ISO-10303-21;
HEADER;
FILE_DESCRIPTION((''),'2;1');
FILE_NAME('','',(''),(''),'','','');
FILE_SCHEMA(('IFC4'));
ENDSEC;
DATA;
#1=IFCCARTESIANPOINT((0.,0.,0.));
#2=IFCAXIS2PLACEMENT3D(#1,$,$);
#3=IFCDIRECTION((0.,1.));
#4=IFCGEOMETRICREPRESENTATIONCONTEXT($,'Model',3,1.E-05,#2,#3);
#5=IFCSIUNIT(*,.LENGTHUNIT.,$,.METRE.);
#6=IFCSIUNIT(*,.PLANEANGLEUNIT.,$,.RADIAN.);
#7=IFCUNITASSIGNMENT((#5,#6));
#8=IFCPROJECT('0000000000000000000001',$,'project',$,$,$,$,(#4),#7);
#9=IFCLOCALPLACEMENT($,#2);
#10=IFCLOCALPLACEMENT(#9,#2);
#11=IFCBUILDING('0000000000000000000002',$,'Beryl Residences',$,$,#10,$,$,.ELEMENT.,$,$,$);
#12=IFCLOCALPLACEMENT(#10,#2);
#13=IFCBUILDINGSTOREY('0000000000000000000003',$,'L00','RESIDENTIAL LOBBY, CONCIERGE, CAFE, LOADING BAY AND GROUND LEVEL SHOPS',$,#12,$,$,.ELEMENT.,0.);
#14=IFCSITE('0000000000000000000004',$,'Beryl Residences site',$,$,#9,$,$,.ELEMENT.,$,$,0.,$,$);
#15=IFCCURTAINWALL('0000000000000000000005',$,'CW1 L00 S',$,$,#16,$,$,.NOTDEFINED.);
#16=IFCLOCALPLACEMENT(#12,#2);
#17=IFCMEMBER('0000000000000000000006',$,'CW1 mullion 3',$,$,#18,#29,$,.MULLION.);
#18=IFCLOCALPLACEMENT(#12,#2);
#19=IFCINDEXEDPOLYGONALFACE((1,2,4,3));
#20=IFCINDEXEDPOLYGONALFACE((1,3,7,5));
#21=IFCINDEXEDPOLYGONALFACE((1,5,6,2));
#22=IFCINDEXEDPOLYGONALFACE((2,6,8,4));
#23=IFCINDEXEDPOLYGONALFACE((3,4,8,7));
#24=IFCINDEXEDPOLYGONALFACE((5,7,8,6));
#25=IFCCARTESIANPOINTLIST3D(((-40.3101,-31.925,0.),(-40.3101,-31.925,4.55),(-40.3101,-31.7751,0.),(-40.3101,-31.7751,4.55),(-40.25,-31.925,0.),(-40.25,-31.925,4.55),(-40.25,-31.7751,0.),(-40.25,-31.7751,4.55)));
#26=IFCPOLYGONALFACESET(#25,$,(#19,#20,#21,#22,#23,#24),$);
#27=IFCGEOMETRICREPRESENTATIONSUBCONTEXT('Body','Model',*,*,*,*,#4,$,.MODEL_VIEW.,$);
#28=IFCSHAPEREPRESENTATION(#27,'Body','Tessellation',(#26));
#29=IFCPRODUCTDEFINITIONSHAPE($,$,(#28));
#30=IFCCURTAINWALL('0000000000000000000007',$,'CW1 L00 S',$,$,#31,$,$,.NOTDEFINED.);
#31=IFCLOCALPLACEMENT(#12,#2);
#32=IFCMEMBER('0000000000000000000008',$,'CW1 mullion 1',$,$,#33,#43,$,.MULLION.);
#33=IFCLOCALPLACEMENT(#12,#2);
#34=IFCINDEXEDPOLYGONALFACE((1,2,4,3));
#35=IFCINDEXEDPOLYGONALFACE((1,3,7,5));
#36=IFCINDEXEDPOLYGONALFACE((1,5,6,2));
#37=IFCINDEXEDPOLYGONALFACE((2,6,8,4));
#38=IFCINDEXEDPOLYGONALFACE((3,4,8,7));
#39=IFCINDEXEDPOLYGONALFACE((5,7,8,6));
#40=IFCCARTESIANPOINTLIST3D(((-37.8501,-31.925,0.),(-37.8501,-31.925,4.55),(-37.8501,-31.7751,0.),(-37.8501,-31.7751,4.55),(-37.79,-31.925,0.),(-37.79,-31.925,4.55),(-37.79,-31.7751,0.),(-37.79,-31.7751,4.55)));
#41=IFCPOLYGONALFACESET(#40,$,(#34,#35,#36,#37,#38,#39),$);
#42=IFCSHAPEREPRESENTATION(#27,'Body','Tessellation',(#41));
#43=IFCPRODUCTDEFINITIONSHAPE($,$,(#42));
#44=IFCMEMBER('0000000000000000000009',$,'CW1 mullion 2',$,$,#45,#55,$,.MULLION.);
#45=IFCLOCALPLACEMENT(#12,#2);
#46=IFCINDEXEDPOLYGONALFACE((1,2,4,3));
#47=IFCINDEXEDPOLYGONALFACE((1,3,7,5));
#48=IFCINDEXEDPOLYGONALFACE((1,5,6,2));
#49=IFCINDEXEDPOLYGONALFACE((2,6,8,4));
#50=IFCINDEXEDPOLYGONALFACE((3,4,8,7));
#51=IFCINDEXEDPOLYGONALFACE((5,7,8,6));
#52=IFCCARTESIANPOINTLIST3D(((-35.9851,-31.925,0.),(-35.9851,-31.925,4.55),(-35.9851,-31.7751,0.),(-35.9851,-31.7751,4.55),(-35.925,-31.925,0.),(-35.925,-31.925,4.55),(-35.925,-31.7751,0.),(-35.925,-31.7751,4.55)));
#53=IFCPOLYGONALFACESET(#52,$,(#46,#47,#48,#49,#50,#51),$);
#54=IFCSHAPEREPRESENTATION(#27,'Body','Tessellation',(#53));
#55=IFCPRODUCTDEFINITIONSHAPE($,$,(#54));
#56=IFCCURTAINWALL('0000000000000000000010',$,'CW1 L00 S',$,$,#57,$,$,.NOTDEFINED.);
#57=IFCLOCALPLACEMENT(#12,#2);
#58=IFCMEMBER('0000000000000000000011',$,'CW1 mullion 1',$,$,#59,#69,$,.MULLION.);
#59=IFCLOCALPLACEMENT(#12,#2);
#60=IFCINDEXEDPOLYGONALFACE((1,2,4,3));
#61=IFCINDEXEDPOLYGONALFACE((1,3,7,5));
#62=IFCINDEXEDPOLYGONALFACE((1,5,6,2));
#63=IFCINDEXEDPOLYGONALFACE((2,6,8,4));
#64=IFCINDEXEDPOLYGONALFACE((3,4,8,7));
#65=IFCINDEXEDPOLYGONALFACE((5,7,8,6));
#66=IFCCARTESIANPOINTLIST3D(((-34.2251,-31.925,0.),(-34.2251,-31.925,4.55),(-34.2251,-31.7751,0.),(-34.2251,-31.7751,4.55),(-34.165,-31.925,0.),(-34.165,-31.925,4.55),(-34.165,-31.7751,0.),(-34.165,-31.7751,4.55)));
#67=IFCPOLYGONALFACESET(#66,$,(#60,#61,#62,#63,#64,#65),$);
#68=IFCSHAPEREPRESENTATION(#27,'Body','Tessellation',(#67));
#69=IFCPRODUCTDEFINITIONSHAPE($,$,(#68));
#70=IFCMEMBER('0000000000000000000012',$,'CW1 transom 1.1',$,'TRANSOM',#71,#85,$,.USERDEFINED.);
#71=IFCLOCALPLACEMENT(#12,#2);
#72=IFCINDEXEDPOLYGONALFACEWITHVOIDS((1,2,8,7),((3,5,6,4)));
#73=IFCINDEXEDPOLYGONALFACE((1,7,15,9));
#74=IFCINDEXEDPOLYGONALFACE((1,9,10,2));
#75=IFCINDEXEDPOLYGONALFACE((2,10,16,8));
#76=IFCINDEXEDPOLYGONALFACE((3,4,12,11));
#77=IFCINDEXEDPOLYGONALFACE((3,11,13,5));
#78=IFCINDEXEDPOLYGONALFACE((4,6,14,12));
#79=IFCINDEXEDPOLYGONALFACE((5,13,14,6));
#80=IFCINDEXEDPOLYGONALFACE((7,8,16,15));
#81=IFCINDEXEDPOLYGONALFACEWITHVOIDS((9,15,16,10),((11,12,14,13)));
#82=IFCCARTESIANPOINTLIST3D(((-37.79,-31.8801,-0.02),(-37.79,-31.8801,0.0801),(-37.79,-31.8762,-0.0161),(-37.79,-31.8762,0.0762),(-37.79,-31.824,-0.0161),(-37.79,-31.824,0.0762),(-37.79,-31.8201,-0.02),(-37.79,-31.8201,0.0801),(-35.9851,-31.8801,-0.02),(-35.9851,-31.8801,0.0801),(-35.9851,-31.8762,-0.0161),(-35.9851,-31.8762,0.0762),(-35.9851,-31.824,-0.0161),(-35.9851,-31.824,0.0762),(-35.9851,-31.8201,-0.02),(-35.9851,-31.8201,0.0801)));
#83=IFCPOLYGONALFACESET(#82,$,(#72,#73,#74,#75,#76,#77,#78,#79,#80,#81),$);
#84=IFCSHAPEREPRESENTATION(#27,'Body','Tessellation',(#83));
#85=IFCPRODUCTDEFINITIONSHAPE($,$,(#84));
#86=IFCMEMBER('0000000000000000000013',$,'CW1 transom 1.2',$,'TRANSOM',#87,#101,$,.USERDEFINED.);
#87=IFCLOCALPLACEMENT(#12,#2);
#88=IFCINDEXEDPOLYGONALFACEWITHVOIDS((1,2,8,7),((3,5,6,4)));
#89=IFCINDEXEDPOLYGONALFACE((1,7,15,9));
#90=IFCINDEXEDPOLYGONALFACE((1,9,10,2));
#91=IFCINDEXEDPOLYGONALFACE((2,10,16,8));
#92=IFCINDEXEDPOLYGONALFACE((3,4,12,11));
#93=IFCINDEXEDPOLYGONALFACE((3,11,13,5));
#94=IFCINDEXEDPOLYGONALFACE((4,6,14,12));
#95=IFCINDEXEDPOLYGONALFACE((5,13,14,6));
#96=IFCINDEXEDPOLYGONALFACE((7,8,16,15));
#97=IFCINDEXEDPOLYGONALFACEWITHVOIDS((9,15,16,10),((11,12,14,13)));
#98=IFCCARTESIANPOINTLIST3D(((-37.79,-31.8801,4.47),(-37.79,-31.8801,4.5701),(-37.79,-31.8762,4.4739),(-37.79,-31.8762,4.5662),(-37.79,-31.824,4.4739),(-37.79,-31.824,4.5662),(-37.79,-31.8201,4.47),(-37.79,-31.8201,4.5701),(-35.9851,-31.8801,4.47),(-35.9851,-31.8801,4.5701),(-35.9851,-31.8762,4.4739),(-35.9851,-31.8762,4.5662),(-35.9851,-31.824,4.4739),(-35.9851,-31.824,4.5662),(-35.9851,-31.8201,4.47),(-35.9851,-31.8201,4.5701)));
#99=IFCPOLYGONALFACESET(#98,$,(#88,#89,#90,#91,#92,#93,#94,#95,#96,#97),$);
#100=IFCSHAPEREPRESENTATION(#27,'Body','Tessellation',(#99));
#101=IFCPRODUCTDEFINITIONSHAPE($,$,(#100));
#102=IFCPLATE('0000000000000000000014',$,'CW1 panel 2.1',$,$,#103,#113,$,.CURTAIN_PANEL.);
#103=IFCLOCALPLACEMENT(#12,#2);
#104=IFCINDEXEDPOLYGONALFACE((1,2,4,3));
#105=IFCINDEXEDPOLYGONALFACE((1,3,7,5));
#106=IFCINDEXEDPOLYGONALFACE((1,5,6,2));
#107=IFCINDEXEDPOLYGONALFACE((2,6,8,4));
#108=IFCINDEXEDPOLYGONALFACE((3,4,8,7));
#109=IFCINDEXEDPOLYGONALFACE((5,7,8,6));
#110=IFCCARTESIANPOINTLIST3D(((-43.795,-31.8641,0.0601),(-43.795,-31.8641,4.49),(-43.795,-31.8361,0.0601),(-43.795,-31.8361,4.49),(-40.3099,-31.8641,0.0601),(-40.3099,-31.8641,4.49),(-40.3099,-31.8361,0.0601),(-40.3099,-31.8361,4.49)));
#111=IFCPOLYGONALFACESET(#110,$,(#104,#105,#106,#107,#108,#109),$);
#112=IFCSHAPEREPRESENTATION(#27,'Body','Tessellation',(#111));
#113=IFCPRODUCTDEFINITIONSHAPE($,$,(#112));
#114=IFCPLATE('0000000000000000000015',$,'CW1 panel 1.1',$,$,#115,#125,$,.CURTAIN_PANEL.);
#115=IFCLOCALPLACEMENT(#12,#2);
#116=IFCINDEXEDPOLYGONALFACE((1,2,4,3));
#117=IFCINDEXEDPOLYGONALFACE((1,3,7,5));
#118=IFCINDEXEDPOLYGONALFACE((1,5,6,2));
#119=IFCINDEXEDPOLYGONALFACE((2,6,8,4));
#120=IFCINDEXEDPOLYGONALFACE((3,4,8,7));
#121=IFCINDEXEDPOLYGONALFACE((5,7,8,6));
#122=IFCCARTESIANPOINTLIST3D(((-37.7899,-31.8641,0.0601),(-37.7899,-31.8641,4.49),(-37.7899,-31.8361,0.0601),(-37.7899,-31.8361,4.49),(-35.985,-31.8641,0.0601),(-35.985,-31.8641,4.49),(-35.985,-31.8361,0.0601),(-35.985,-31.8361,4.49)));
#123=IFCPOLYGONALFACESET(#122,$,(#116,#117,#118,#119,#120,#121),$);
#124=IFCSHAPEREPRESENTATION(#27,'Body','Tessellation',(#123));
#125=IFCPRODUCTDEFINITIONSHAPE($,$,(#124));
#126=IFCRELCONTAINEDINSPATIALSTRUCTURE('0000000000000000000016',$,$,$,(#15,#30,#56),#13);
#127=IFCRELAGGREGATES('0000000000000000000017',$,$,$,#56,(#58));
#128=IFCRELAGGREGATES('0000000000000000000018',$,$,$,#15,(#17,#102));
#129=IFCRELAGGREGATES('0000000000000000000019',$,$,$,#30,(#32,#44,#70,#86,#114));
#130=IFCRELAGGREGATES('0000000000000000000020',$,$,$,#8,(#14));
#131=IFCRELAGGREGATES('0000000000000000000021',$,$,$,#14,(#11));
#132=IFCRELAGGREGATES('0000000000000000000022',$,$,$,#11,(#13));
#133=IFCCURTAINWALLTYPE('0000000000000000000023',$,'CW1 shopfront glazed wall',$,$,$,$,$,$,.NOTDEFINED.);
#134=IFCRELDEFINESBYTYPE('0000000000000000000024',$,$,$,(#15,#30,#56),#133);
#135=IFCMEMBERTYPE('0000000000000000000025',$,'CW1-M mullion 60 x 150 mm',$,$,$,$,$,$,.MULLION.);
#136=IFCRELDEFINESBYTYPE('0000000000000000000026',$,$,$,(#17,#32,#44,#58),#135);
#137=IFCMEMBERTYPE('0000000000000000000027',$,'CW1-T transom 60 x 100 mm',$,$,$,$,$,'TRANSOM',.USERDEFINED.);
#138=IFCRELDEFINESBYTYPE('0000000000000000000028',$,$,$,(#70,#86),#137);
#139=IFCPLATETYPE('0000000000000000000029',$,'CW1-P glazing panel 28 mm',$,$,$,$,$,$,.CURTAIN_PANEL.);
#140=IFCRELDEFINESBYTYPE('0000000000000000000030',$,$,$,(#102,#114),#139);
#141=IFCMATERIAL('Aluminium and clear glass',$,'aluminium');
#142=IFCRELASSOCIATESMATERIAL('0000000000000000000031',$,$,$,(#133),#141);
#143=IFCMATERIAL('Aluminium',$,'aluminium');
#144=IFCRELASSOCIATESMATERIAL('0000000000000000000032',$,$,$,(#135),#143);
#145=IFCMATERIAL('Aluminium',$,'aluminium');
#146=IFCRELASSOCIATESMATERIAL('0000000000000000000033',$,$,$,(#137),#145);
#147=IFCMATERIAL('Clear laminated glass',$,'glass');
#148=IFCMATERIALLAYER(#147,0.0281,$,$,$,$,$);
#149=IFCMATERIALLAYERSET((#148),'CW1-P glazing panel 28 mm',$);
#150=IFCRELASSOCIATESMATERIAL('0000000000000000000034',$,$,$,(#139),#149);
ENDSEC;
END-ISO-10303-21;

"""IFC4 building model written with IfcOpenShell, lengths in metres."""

from ifc_helpers import new_model, si_unit, direction, frame, origin, origin_2d, place, context, subcontext, project, spatial, rectangle, hollow_rectangle, extrude, material, layer, layer_set, material_profile, profile_set, type_object, element, aggregate, save


model = new_model("IFC4")

# Units and contexts
model_context = context("Model", 3, precision=1e-05, world=origin(), true_north=direction((0.0, 1.0)))
body_context = subcontext(model_context, "Body", "Model", "MODEL_VIEW")
ifc_project = project(units=[si_unit("LENGTHUNIT", "METRE"), si_unit("PLANEANGLEUNIT", "RADIAN")], contexts=[model_context])

# Site, building, storey
site_placement = place(None, origin())
site = spatial("IfcSite", under=ifc_project, at=site_placement, Name="Beryl Residences site", CompositionType="ELEMENT", RefElevation=0.0)
building_placement = place(site_placement, origin())
building = spatial("IfcBuilding", under=site, at=building_placement, Name="Beryl Residences", CompositionType="ELEMENT")
storey_placement = place(building_placement, origin())
storey = spatial("IfcBuildingStorey", under=building, at=storey_placement, Name="L00", Description="RESIDENTIAL LOBBY, CONCIERGE, CAFE, LOADING BAY AND GROUND LEVEL SHOPS", CompositionType="ELEMENT", Elevation=0.0)

# Curtain wall, member
ifc_material_1 = material(Name="Aluminium and clear glass", Category="aluminium")
curtain_wall_type = type_object("IfcCurtainWallType", Name="CW1 shopfront glazed wall", PredefinedType="NOTDEFINED", material=ifc_material_1)
curtain_wall_1_placement = place(storey_placement, origin())
curtain_wall_1 = element("IfcCurtainWall", 1, at=curtain_wall_1_placement, inside=storey, type_object=curtain_wall_type, Name="CW1 L00 S", PredefinedType="NOTDEFINED")
ifc_material_2 = material(Name="Aluminium", Category="aluminium")
ifc_material_profile_1 = material_profile(ifc_material_2, rectangle(XDim=0.0601, YDim=0.1499, at=origin_2d()))
ifc_profile_set_1 = profile_set([ifc_material_profile_1], Name="Aluminium")
member_type_1 = type_object("IfcMemberType", Name="CW1-M mullion 60 x 150 mm", PredefinedType="MULLION", material=ifc_profile_set_1)
member_1_placement = place(storey_placement, frame((-40.28, -31.8501, 0.0), z_axis=(0.0, 0.0, 1.0), x_axis=(1.0, 0.0, 0.0)))
member_1 = element("IfcMember", 2, at=member_1_placement, type_object=member_type_1, Name="CW1 mullion 3", PredefinedType="MULLION", context=body_context, shape_type="SweptSolid", body=[
    extrude(rectangle(XDim=0.0601, YDim=0.1499, at=origin_2d()), origin(), (0.0, 0.0, 1.0), 4.55),
])

# Curtain wall, members
curtain_wall_2_placement = place(storey_placement, origin())
curtain_wall_2 = element("IfcCurtainWall", 3, at=curtain_wall_2_placement, inside=storey, type_object=curtain_wall_type, Name="CW1 L00 S", PredefinedType="NOTDEFINED")
member_2_placement = place(storey_placement, frame((-37.8201, -31.8501, 0.0), z_axis=(0.0, 0.0, 1.0), x_axis=(1.0, 0.0, 0.0)))
member_2 = element("IfcMember", 4, at=member_2_placement, type_object=member_type_1, Name="CW1 mullion 1", PredefinedType="MULLION", context=body_context, shape_type="SweptSolid", body=[
    extrude(rectangle(XDim=0.0601, YDim=0.1499, at=origin_2d()), origin(), (0.0, 0.0, 1.0), 4.55),
])
member_3_placement = place(storey_placement, frame((-35.9551, -31.8501, 0.0), z_axis=(0.0, 0.0, 1.0), x_axis=(1.0, 0.0, 0.0)))
member_3 = element("IfcMember", 5, at=member_3_placement, type_object=member_type_1, Name="CW1 mullion 2", PredefinedType="MULLION", context=body_context, shape_type="SweptSolid", body=[
    extrude(rectangle(XDim=0.0601, YDim=0.1499, at=origin_2d()), origin(), (0.0, 0.0, 1.0), 4.55),
])

# Curtain wall, member
curtain_wall_3_placement = place(storey_placement, origin())
curtain_wall_3 = element("IfcCurtainWall", 6, at=curtain_wall_3_placement, inside=storey, type_object=curtain_wall_type, Name="CW1 L00 S", PredefinedType="NOTDEFINED")
member_4_placement = place(storey_placement, frame((-34.1951, -31.8501, 0.0), z_axis=(0.0, 0.0, 1.0), x_axis=(1.0, 0.0, 0.0)))
member_4 = element("IfcMember", 7, at=member_4_placement, type_object=member_type_1, Name="CW1 mullion 1", PredefinedType="MULLION", context=body_context, shape_type="SweptSolid", body=[
    extrude(rectangle(XDim=0.0601, YDim=0.1499, at=origin_2d()), origin(), (0.0, 0.0, 1.0), 4.55),
])
aggregate(curtain_wall_3, [member_4])

# Members
ifc_material_3 = material(Name="Aluminium", Category="aluminium")
ifc_material_profile_2 = material_profile(ifc_material_3, hollow_rectangle(XDim=0.0601, YDim=0.1001, WallThickness=0.0039, at=origin_2d()))
ifc_profile_set_2 = profile_set([ifc_material_profile_2], Name="Aluminium")
member_type_2 = type_object("IfcMemberType", Name="CW1-T transom 60 x 100 mm", ElementType="TRANSOM", PredefinedType="USERDEFINED", material=ifc_profile_set_2)
member_5_placement = place(storey_placement, frame((-37.79, -31.8501, 0.03), z_axis=(1.0, 0.0, 0.0), x_axis=(0.0, 1.0, 0.0)))
member_5 = element("IfcMember", 8, at=member_5_placement, type_object=member_type_2, Name="CW1 transom 1.1", ObjectType="TRANSOM", PredefinedType="USERDEFINED", context=body_context, shape_type="SweptSolid", body=[
    extrude(hollow_rectangle(XDim=0.0601, YDim=0.1001, WallThickness=0.0039, at=origin_2d()), origin(), (0.0, 0.0, 1.0), 1.8049),
])
member_6_placement = place(storey_placement, frame((-37.79, -31.8501, 4.52), z_axis=(1.0, 0.0, 0.0), x_axis=(0.0, 1.0, 0.0)))
member_6 = element("IfcMember", 9, at=member_6_placement, type_object=member_type_2, Name="CW1 transom 1.2", ObjectType="TRANSOM", PredefinedType="USERDEFINED", context=body_context, shape_type="SweptSolid", body=[
    extrude(hollow_rectangle(XDim=0.0601, YDim=0.1001, WallThickness=0.0039, at=origin_2d()), origin(), (0.0, 0.0, 1.0), 1.8049),
])

# Plates
ifc_material_4 = material(Name="Clear laminated glass", Category="glass")
ifc_layer_1 = layer(ifc_material_4, 0.0281)
ifc_layer_set_1 = layer_set([ifc_layer_1], Name="CW1-P glazing panel 28 mm")
plate_type = type_object("IfcPlateType", Name="CW1-P glazing panel 28 mm", PredefinedType="CURTAIN_PANEL", material=ifc_layer_set_1)
plate_1_placement = place(storey_placement, frame((-42.0525, -31.8501, 0.0601), z_axis=(0.0, 0.0, 1.0), x_axis=(1.0, 0.0, 0.0)))
plate_1 = element("IfcPlate", 10, at=plate_1_placement, type_object=plate_type, Name="CW1 panel 2.1", PredefinedType="CURTAIN_PANEL", context=body_context, shape_type="SweptSolid", body=[
    extrude(rectangle(XDim=3.4851, YDim=0.0281, at=origin_2d()), origin(), (0.0, 0.0, 1.0), 4.4299),
])
aggregate(curtain_wall_1, [member_1, plate_1])
plate_2_placement = place(storey_placement, frame((-36.8875, -31.8501, 0.0601), z_axis=(0.0, 0.0, 1.0), x_axis=(1.0, 0.0, 0.0)))
plate_2 = element("IfcPlate", 11, at=plate_2_placement, type_object=plate_type, Name="CW1 panel 1.1", PredefinedType="CURTAIN_PANEL", context=body_context, shape_type="SweptSolid", body=[
    extrude(rectangle(XDim=1.8049, YDim=0.0281, at=origin_2d()), origin(), (0.0, 0.0, 1.0), 4.4299),
])
aggregate(curtain_wall_2, [member_2, member_3, member_5, member_6, plate_2])

save(model, "model.ifc")
